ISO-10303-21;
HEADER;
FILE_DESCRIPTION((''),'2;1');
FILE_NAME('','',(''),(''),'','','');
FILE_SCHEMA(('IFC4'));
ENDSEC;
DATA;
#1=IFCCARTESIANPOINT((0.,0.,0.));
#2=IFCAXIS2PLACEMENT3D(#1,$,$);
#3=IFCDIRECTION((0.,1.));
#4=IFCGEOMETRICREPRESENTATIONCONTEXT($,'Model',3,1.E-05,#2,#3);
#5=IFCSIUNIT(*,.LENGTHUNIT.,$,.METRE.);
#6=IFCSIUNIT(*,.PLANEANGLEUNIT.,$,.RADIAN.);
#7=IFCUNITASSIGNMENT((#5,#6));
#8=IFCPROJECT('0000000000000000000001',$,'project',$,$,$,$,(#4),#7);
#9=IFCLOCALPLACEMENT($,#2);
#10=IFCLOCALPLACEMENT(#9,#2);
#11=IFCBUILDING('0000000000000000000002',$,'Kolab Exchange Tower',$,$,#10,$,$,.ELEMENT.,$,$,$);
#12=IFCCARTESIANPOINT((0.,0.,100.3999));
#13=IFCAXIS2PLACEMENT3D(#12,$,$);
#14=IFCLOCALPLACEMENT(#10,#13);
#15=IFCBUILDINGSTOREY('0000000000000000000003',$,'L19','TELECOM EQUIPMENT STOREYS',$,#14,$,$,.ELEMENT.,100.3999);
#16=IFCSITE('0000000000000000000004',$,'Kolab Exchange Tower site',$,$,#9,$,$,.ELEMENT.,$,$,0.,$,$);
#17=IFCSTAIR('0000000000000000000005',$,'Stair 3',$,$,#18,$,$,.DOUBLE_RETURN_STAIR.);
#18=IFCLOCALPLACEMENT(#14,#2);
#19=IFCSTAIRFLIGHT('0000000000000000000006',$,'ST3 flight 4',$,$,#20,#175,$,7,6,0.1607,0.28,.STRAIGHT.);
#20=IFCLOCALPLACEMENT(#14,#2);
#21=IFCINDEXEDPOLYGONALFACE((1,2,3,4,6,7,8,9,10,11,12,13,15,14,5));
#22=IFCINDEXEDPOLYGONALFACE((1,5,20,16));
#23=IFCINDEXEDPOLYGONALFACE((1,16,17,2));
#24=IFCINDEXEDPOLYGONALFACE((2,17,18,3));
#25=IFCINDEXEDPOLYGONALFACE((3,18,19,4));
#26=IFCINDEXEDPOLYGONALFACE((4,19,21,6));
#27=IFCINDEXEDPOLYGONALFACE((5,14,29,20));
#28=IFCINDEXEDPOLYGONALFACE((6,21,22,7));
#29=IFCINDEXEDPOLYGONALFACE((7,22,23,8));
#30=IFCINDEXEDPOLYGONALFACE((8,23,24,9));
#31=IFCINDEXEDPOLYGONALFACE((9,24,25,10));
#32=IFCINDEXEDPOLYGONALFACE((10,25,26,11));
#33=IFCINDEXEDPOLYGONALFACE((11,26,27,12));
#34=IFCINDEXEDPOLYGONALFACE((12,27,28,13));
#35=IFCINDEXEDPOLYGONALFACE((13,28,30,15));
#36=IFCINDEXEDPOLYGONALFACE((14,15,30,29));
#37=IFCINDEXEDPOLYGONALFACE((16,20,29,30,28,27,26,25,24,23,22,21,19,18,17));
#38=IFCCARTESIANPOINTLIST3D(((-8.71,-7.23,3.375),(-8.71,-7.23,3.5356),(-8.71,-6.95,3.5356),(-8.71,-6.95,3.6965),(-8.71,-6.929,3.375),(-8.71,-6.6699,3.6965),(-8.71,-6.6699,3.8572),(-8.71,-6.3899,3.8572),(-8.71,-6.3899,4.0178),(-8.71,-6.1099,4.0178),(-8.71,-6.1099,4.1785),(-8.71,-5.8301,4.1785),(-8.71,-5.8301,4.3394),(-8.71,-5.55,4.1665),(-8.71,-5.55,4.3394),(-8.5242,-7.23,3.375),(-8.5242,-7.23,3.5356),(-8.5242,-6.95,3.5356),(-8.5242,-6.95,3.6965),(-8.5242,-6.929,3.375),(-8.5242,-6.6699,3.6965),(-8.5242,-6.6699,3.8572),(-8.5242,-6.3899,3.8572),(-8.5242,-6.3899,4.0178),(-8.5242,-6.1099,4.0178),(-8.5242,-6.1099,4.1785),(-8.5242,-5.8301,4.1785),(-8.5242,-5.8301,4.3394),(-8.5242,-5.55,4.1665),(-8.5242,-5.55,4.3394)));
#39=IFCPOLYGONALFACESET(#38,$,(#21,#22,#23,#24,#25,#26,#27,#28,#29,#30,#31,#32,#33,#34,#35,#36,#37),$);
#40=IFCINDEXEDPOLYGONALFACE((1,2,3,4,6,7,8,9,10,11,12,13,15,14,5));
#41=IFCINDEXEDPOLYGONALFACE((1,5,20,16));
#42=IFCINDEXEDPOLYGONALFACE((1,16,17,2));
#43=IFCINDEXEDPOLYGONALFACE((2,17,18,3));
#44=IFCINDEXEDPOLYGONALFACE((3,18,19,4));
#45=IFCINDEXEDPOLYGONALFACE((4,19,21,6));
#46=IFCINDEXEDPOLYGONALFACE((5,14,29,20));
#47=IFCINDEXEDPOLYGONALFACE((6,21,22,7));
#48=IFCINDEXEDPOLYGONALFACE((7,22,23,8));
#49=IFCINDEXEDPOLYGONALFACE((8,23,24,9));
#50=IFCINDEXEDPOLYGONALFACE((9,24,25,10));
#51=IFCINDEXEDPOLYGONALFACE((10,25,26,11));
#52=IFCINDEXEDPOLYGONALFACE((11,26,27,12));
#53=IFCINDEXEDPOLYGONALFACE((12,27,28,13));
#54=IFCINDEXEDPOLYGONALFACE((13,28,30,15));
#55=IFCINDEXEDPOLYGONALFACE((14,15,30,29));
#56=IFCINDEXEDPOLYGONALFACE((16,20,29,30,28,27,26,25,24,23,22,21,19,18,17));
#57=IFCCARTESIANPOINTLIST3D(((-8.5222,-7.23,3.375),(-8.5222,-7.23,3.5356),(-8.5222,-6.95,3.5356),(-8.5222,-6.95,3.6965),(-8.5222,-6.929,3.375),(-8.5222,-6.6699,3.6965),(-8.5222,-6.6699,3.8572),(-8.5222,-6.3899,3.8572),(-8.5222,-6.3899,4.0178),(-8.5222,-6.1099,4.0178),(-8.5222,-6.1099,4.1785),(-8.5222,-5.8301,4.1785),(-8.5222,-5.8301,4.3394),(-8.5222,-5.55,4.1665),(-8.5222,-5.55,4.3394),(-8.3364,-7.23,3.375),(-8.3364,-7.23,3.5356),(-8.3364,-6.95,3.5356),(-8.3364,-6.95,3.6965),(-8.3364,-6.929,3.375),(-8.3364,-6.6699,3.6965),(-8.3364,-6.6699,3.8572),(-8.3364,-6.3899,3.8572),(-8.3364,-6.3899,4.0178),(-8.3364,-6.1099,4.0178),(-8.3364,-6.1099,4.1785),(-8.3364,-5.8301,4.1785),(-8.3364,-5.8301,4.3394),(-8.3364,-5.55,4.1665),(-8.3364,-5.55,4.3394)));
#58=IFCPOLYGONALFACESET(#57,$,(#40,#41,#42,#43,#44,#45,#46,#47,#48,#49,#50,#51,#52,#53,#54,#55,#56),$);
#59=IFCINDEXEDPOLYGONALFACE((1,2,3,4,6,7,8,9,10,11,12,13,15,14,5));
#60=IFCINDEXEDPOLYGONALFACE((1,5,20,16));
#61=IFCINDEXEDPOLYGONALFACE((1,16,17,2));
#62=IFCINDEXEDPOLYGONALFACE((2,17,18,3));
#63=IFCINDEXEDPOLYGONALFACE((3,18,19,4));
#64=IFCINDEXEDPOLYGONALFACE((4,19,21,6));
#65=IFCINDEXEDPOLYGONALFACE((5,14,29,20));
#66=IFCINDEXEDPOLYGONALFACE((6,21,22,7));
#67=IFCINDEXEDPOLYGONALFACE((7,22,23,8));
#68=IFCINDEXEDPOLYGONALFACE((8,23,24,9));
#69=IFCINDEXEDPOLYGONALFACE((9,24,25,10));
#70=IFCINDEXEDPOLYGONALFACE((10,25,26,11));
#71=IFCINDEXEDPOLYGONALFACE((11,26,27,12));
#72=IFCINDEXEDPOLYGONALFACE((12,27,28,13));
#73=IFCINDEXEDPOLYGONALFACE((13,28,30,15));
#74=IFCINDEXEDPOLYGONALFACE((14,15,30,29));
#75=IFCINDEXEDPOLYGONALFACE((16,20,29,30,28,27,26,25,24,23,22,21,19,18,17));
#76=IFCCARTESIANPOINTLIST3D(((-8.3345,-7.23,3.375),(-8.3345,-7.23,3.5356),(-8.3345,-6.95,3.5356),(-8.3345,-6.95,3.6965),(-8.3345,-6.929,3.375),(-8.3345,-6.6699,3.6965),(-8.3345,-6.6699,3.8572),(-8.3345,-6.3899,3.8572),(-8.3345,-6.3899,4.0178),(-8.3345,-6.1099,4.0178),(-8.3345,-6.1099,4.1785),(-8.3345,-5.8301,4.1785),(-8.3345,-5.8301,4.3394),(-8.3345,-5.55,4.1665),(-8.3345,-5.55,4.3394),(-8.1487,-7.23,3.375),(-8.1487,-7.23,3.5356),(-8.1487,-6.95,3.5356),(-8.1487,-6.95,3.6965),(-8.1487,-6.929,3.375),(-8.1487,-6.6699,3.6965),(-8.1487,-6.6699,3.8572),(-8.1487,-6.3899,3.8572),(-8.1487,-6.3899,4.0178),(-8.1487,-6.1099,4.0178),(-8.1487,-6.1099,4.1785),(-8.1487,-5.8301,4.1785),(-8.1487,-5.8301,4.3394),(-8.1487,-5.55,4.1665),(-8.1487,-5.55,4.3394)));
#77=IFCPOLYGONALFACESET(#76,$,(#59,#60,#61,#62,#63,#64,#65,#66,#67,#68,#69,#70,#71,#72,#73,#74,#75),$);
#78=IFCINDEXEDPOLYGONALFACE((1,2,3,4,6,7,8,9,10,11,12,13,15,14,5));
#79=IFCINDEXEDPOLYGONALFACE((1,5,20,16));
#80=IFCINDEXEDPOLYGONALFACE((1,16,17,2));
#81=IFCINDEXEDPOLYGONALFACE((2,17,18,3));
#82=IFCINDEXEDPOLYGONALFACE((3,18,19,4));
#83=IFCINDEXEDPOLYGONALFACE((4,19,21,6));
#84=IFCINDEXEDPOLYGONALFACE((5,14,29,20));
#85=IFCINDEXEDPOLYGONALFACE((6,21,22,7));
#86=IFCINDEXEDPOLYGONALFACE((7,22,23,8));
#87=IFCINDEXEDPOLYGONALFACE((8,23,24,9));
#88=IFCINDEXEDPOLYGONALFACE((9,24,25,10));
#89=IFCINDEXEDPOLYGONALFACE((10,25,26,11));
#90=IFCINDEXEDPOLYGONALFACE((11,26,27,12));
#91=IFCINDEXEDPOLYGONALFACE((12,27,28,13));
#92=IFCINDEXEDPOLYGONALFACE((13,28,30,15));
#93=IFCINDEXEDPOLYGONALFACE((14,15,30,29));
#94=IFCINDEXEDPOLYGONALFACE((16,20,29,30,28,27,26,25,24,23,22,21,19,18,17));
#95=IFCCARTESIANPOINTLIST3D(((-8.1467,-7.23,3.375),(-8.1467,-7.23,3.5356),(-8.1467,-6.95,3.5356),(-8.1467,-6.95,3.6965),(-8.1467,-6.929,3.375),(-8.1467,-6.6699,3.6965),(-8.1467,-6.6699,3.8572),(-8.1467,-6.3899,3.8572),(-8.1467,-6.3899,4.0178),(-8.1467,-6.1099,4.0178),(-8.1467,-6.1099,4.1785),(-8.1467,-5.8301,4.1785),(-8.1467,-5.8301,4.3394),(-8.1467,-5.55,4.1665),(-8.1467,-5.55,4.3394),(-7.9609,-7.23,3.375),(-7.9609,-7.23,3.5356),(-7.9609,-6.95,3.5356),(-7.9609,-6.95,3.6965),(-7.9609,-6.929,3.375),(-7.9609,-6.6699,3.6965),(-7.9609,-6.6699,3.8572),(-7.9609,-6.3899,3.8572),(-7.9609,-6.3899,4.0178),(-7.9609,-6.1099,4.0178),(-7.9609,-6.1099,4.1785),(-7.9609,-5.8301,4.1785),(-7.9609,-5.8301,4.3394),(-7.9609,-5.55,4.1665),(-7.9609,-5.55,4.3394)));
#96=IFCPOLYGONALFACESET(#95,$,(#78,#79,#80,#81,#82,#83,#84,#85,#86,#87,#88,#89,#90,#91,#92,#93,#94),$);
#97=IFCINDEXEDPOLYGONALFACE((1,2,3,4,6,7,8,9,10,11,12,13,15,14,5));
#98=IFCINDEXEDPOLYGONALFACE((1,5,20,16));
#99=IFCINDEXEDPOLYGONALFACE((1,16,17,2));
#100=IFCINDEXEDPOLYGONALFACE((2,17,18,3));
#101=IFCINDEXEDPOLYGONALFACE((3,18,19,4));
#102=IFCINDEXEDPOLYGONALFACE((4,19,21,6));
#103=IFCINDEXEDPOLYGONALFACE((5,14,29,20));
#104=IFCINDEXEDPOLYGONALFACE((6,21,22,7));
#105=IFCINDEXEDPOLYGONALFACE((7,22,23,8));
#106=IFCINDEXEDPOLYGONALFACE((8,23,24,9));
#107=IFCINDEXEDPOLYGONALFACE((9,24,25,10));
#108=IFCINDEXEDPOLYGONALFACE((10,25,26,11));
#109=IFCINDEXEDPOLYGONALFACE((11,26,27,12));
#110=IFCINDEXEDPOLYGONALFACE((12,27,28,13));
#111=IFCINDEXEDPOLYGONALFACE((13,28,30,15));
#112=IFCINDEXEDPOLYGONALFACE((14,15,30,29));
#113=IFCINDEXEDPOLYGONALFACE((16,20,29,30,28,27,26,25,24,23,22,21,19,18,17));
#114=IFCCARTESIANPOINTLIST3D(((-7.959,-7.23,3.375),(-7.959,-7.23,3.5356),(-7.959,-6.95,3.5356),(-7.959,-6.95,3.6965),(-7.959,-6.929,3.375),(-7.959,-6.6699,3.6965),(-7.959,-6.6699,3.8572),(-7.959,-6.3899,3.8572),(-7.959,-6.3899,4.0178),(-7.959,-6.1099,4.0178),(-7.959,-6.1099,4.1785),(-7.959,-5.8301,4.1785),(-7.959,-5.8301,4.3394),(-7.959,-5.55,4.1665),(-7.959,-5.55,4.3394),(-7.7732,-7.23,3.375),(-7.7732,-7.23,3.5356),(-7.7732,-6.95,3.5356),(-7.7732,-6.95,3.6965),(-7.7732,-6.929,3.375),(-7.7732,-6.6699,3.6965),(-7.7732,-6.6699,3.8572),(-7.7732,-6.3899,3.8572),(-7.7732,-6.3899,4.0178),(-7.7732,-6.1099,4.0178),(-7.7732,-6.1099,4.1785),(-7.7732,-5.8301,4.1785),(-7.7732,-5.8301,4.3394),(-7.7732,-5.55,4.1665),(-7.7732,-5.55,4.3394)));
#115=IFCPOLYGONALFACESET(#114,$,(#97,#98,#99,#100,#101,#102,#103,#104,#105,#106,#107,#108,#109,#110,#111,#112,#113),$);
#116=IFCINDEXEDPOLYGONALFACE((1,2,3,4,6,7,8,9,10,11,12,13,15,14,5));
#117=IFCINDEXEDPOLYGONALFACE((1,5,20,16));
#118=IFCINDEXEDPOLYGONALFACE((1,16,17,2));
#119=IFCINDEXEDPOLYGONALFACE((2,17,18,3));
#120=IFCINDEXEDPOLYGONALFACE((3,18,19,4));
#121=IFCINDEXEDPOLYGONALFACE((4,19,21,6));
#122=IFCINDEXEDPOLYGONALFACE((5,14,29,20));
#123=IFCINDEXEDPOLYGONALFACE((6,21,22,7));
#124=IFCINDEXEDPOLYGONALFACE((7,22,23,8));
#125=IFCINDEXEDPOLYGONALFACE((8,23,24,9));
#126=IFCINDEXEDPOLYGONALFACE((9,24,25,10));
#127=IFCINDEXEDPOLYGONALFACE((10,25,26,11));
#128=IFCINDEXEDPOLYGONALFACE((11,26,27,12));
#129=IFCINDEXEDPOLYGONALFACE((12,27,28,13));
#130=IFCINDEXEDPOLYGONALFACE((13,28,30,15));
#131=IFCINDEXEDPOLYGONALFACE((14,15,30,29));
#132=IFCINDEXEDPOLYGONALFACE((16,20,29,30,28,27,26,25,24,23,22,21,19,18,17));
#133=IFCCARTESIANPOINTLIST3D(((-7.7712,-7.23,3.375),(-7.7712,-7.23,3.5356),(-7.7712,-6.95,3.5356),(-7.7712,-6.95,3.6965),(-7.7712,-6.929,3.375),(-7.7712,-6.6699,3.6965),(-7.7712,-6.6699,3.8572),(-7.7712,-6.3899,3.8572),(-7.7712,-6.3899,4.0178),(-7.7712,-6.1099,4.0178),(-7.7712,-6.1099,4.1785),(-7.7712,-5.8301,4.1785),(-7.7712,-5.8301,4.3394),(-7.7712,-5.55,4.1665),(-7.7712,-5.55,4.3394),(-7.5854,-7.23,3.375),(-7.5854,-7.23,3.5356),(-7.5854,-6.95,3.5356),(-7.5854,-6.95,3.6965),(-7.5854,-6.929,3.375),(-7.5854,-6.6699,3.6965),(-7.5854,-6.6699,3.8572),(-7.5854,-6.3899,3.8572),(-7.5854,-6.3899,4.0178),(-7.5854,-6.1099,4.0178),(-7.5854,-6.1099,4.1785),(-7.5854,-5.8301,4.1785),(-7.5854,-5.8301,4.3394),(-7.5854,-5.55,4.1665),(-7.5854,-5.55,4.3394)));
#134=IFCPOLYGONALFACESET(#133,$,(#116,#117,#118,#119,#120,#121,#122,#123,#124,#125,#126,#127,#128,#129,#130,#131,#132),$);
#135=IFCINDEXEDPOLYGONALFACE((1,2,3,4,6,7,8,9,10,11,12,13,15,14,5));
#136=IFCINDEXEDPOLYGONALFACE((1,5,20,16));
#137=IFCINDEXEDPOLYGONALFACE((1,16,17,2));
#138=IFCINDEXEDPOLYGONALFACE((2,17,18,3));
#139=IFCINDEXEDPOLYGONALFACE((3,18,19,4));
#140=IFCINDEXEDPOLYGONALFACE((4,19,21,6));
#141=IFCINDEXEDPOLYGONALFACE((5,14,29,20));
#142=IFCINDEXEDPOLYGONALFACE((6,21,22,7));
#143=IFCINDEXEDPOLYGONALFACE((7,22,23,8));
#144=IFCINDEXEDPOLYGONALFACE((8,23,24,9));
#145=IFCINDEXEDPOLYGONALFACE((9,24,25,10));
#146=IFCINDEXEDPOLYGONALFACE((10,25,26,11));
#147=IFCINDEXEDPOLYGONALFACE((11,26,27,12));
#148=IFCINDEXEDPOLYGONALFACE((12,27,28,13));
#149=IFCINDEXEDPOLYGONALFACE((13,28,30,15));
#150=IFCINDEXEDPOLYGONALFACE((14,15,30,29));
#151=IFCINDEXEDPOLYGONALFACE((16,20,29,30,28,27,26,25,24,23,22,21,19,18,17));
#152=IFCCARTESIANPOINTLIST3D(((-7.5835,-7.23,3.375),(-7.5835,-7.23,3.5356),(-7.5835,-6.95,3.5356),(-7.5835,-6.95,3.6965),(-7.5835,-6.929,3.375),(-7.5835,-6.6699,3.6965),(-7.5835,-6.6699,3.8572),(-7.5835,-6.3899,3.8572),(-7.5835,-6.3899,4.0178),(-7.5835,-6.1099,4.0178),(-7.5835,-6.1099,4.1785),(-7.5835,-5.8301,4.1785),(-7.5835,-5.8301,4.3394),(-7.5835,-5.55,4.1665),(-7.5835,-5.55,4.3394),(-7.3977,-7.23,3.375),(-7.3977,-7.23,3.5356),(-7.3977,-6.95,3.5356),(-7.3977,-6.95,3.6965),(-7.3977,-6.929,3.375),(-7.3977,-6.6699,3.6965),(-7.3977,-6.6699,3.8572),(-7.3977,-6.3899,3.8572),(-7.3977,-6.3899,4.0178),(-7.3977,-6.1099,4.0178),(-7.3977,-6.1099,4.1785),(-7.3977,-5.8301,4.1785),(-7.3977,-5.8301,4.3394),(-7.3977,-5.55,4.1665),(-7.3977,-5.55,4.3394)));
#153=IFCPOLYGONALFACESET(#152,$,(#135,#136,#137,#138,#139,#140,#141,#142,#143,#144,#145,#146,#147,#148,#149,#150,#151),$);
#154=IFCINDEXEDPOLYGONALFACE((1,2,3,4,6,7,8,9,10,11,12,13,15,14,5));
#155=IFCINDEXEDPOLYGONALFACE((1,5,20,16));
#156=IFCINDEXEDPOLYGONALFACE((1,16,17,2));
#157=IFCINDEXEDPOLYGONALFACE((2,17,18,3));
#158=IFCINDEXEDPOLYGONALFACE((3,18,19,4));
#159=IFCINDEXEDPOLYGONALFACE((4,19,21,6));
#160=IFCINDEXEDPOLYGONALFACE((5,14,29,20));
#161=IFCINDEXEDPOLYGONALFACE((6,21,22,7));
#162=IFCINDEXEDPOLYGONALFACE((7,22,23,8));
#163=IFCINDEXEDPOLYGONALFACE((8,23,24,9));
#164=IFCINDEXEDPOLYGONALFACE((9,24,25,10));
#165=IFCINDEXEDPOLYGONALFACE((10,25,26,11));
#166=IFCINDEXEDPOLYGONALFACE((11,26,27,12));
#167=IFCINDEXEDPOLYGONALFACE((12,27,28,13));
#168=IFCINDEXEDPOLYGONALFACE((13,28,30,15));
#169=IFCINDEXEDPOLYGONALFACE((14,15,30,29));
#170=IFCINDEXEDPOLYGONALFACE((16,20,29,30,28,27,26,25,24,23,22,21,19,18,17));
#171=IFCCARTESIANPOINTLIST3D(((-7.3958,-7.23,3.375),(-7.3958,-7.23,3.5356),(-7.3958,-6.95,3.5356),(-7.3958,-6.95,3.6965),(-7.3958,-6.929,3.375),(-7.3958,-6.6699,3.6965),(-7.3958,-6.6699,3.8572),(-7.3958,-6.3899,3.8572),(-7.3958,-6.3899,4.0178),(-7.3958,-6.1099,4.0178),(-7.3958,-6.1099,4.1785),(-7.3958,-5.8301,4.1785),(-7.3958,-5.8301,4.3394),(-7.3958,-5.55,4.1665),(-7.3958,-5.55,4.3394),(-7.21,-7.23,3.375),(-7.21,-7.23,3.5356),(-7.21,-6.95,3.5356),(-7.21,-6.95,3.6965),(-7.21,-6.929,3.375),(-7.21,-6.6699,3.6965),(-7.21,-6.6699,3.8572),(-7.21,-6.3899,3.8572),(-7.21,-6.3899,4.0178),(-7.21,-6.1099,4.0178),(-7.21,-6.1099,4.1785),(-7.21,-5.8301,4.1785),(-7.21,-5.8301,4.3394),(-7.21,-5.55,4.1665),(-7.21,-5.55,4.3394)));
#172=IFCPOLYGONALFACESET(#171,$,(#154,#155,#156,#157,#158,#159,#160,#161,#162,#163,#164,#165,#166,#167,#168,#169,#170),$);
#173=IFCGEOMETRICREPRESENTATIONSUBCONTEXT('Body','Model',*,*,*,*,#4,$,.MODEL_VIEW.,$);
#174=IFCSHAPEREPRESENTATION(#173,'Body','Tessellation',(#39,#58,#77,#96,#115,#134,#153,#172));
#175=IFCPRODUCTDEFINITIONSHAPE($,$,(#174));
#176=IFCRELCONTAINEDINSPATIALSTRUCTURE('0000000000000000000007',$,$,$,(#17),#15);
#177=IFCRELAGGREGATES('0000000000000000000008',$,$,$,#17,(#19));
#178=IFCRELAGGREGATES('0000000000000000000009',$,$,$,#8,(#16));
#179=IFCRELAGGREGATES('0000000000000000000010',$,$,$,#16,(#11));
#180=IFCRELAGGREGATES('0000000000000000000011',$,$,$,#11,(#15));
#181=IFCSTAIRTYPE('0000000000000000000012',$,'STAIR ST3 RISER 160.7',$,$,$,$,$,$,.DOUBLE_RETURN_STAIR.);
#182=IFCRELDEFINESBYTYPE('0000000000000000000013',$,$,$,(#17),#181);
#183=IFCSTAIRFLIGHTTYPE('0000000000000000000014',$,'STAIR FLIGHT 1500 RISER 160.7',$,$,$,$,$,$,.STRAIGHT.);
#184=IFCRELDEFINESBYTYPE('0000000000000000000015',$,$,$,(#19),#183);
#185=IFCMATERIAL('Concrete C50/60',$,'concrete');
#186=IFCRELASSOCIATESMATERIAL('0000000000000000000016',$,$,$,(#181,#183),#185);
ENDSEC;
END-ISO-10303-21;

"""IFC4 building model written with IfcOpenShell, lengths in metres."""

from ifc_helpers import new_model, si_unit, direction, frame, origin, place, context, subcontext, project, spatial, polyline, outline, extrude, material, type_object, element, aggregate, save


model = new_model("IFC4")

# Units and contexts
model_context = context("Model", 3, precision=1e-05, world=origin(), true_north=direction((0.0, 1.0)))
body_context = subcontext(model_context, "Body", "Model", "MODEL_VIEW")
ifc_project = project(units=[si_unit("LENGTHUNIT", "METRE"), si_unit("PLANEANGLEUNIT", "RADIAN")], contexts=[model_context])

# Site, building, storey
site_placement = place(None, origin())
site = spatial("IfcSite", under=ifc_project, at=site_placement, Name="Kolab Exchange Tower site", CompositionType="ELEMENT", RefElevation=0.0)
building_placement = place(site_placement, origin())
building = spatial("IfcBuilding", under=site, at=building_placement, Name="Kolab Exchange Tower", CompositionType="ELEMENT")
storey_placement = place(building_placement, frame((0.0, 0.0, 100.3999)))
storey = spatial("IfcBuildingStorey", under=building, at=storey_placement, Name="L19", Description="TELECOM EQUIPMENT STOREYS", CompositionType="ELEMENT", Elevation=100.3999)

# Shared definitions
ifc_material_1 = material(Name="Concrete C50/60", Category="concrete")

# Stair, stair flight
stair_type = type_object("IfcStairType", Name="STAIR ST3 RISER 160.7", PredefinedType="DOUBLE_RETURN_STAIR", material=ifc_material_1)
stair_placement = place(storey_placement, origin())
stair = element("IfcStair", 1, at=stair_placement, inside=storey, type_object=stair_type, Name="Stair 3", PredefinedType="DOUBLE_RETURN_STAIR")
stair_flight_type = type_object("IfcStairFlightType", Name="STAIR FLIGHT 1500 RISER 160.7", PredefinedType="STRAIGHT", material=ifc_material_1)
stair_flight_1_placement = place(storey_placement, frame((-7.96, -7.23, 3.375), z_axis=(0.0, 0.0, 1.0), x_axis=(0.0, 1.0, 0.0)))
stair_flight_1 = element("IfcStairFlight", 2, at=stair_flight_1_placement, type_object=stair_flight_type, Name="ST3 flight 4", NumberOfRisers=7, NumberOfTreads=6, PredefinedType="STRAIGHT", RiserHeight=0.1607, TreadLength=0.28, context=body_context, shape_type="SweptSolid", body=[
    extrude(outline(polyline([(0.0, 0.0), (0.0, 0.1606), (0.28, 0.1606), (0.28, 0.3215), (0.5601, 0.3215), (0.5601, 0.4822), (0.8401, 0.4822), (0.8401, 0.6428), (1.1201, 0.6428), (1.1201, 0.8035), (1.3999, 0.8035), (1.3999, 0.9644), (1.6799, 0.9644), (1.6799, 1.125), (1.6799, 0.7915), (0.301, 0.0), (0.0, 0.0)])), frame((0.0, 0.75, 0.0), z_axis=(0.0, -1.0, 0.0), x_axis=(1.0, 0.0, 0.0)), (0.0, 0.0, 1.0), 0.1858),
    extrude(outline(polyline([(0.0, 0.0), (0.0, 0.1606), (0.28, 0.1606), (0.28, 0.3215), (0.5601, 0.3215), (0.5601, 0.4822), (0.8401, 0.4822), (0.8401, 0.6428), (1.1201, 0.6428), (1.1201, 0.8035), (1.3999, 0.8035), (1.3999, 0.9644), (1.6799, 0.9644), (1.6799, 1.125), (1.6799, 0.7915), (0.301, 0.0), (0.0, 0.0)])), frame((0.0, 0.5623, 0.0), z_axis=(0.0, -1.0, 0.0), x_axis=(1.0, 0.0, 0.0)), (0.0, 0.0, 1.0), 0.1858),
    extrude(outline(polyline([(0.0, 0.0), (0.0, 0.1606), (0.28, 0.1606), (0.28, 0.3215), (0.5601, 0.3215), (0.5601, 0.4822), (0.8401, 0.4822), (0.8401, 0.6428), (1.1201, 0.6428), (1.1201, 0.8035), (1.3999, 0.8035), (1.3999, 0.9644), (1.6799, 0.9644), (1.6799, 1.125), (1.6799, 0.7915), (0.301, 0.0), (0.0, 0.0)])), frame((0.0, 0.3745, 0.0), z_axis=(0.0, -1.0, 0.0), x_axis=(1.0, 0.0, 0.0)), (0.0, 0.0, 1.0), 0.1858),
    extrude(outline(polyline([(0.0, 0.0), (0.0, 0.1606), (0.28, 0.1606), (0.28, 0.3215), (0.5601, 0.3215), (0.5601, 0.4822), (0.8401, 0.4822), (0.8401, 0.6428), (1.1201, 0.6428), (1.1201, 0.8035), (1.3999, 0.8035), (1.3999, 0.9644), (1.6799, 0.9644), (1.6799, 1.125), (1.6799, 0.7915), (0.301, 0.0), (0.0, 0.0)])), frame((0.0, 0.1868, 0.0), z_axis=(0.0, -1.0, 0.0), x_axis=(1.0, 0.0, 0.0)), (0.0, 0.0, 1.0), 0.1858),
    extrude(outline(polyline([(0.0, 0.0), (0.0, 0.1606), (0.28, 0.1606), (0.28, 0.3215), (0.5601, 0.3215), (0.5601, 0.4822), (0.8401, 0.4822), (0.8401, 0.6428), (1.1201, 0.6428), (1.1201, 0.8035), (1.3999, 0.8035), (1.3999, 0.9644), (1.6799, 0.9644), (1.6799, 1.125), (1.6799, 0.7915), (0.301, 0.0), (0.0, 0.0)])), frame((0.0, -0.001, 0.0), z_axis=(0.0, -1.0, 0.0), x_axis=(1.0, 0.0, 0.0)), (0.0, 0.0, 1.0), 0.1858),
    extrude(outline(polyline([(0.0, 0.0), (0.0, 0.1606), (0.28, 0.1606), (0.28, 0.3215), (0.5601, 0.3215), (0.5601, 0.4822), (0.8401, 0.4822), (0.8401, 0.6428), (1.1201, 0.6428), (1.1201, 0.8035), (1.3999, 0.8035), (1.3999, 0.9644), (1.6799, 0.9644), (1.6799, 1.125), (1.6799, 0.7915), (0.301, 0.0), (0.0, 0.0)])), frame((0.0, -0.1887, 0.0), z_axis=(0.0, -1.0, 0.0), x_axis=(1.0, 0.0, 0.0)), (0.0, 0.0, 1.0), 0.1858),
    extrude(outline(polyline([(0.0, 0.0), (0.0, 0.1606), (0.28, 0.1606), (0.28, 0.3215), (0.5601, 0.3215), (0.5601, 0.4822), (0.8401, 0.4822), (0.8401, 0.6428), (1.1201, 0.6428), (1.1201, 0.8035), (1.3999, 0.8035), (1.3999, 0.9644), (1.6799, 0.9644), (1.6799, 1.125), (1.6799, 0.7915), (0.301, 0.0), (0.0, 0.0)])), frame((0.0, -0.3765, 0.0), z_axis=(0.0, -1.0, 0.0), x_axis=(1.0, 0.0, 0.0)), (0.0, 0.0, 1.0), 0.1858),
    extrude(outline(polyline([(0.0, 0.0), (0.0, 0.1606), (0.28, 0.1606), (0.28, 0.3215), (0.5601, 0.3215), (0.5601, 0.4822), (0.8401, 0.4822), (0.8401, 0.6428), (1.1201, 0.6428), (1.1201, 0.8035), (1.3999, 0.8035), (1.3999, 0.9644), (1.6799, 0.9644), (1.6799, 1.125), (1.6799, 0.7915), (0.301, 0.0), (0.0, 0.0)])), frame((0.0, -0.5642, 0.0), z_axis=(0.0, -1.0, 0.0), x_axis=(1.0, 0.0, 0.0)), (0.0, 0.0, 1.0), 0.1858),
])
aggregate(stair, [stair_flight_1])

save(model, "model.ifc")
